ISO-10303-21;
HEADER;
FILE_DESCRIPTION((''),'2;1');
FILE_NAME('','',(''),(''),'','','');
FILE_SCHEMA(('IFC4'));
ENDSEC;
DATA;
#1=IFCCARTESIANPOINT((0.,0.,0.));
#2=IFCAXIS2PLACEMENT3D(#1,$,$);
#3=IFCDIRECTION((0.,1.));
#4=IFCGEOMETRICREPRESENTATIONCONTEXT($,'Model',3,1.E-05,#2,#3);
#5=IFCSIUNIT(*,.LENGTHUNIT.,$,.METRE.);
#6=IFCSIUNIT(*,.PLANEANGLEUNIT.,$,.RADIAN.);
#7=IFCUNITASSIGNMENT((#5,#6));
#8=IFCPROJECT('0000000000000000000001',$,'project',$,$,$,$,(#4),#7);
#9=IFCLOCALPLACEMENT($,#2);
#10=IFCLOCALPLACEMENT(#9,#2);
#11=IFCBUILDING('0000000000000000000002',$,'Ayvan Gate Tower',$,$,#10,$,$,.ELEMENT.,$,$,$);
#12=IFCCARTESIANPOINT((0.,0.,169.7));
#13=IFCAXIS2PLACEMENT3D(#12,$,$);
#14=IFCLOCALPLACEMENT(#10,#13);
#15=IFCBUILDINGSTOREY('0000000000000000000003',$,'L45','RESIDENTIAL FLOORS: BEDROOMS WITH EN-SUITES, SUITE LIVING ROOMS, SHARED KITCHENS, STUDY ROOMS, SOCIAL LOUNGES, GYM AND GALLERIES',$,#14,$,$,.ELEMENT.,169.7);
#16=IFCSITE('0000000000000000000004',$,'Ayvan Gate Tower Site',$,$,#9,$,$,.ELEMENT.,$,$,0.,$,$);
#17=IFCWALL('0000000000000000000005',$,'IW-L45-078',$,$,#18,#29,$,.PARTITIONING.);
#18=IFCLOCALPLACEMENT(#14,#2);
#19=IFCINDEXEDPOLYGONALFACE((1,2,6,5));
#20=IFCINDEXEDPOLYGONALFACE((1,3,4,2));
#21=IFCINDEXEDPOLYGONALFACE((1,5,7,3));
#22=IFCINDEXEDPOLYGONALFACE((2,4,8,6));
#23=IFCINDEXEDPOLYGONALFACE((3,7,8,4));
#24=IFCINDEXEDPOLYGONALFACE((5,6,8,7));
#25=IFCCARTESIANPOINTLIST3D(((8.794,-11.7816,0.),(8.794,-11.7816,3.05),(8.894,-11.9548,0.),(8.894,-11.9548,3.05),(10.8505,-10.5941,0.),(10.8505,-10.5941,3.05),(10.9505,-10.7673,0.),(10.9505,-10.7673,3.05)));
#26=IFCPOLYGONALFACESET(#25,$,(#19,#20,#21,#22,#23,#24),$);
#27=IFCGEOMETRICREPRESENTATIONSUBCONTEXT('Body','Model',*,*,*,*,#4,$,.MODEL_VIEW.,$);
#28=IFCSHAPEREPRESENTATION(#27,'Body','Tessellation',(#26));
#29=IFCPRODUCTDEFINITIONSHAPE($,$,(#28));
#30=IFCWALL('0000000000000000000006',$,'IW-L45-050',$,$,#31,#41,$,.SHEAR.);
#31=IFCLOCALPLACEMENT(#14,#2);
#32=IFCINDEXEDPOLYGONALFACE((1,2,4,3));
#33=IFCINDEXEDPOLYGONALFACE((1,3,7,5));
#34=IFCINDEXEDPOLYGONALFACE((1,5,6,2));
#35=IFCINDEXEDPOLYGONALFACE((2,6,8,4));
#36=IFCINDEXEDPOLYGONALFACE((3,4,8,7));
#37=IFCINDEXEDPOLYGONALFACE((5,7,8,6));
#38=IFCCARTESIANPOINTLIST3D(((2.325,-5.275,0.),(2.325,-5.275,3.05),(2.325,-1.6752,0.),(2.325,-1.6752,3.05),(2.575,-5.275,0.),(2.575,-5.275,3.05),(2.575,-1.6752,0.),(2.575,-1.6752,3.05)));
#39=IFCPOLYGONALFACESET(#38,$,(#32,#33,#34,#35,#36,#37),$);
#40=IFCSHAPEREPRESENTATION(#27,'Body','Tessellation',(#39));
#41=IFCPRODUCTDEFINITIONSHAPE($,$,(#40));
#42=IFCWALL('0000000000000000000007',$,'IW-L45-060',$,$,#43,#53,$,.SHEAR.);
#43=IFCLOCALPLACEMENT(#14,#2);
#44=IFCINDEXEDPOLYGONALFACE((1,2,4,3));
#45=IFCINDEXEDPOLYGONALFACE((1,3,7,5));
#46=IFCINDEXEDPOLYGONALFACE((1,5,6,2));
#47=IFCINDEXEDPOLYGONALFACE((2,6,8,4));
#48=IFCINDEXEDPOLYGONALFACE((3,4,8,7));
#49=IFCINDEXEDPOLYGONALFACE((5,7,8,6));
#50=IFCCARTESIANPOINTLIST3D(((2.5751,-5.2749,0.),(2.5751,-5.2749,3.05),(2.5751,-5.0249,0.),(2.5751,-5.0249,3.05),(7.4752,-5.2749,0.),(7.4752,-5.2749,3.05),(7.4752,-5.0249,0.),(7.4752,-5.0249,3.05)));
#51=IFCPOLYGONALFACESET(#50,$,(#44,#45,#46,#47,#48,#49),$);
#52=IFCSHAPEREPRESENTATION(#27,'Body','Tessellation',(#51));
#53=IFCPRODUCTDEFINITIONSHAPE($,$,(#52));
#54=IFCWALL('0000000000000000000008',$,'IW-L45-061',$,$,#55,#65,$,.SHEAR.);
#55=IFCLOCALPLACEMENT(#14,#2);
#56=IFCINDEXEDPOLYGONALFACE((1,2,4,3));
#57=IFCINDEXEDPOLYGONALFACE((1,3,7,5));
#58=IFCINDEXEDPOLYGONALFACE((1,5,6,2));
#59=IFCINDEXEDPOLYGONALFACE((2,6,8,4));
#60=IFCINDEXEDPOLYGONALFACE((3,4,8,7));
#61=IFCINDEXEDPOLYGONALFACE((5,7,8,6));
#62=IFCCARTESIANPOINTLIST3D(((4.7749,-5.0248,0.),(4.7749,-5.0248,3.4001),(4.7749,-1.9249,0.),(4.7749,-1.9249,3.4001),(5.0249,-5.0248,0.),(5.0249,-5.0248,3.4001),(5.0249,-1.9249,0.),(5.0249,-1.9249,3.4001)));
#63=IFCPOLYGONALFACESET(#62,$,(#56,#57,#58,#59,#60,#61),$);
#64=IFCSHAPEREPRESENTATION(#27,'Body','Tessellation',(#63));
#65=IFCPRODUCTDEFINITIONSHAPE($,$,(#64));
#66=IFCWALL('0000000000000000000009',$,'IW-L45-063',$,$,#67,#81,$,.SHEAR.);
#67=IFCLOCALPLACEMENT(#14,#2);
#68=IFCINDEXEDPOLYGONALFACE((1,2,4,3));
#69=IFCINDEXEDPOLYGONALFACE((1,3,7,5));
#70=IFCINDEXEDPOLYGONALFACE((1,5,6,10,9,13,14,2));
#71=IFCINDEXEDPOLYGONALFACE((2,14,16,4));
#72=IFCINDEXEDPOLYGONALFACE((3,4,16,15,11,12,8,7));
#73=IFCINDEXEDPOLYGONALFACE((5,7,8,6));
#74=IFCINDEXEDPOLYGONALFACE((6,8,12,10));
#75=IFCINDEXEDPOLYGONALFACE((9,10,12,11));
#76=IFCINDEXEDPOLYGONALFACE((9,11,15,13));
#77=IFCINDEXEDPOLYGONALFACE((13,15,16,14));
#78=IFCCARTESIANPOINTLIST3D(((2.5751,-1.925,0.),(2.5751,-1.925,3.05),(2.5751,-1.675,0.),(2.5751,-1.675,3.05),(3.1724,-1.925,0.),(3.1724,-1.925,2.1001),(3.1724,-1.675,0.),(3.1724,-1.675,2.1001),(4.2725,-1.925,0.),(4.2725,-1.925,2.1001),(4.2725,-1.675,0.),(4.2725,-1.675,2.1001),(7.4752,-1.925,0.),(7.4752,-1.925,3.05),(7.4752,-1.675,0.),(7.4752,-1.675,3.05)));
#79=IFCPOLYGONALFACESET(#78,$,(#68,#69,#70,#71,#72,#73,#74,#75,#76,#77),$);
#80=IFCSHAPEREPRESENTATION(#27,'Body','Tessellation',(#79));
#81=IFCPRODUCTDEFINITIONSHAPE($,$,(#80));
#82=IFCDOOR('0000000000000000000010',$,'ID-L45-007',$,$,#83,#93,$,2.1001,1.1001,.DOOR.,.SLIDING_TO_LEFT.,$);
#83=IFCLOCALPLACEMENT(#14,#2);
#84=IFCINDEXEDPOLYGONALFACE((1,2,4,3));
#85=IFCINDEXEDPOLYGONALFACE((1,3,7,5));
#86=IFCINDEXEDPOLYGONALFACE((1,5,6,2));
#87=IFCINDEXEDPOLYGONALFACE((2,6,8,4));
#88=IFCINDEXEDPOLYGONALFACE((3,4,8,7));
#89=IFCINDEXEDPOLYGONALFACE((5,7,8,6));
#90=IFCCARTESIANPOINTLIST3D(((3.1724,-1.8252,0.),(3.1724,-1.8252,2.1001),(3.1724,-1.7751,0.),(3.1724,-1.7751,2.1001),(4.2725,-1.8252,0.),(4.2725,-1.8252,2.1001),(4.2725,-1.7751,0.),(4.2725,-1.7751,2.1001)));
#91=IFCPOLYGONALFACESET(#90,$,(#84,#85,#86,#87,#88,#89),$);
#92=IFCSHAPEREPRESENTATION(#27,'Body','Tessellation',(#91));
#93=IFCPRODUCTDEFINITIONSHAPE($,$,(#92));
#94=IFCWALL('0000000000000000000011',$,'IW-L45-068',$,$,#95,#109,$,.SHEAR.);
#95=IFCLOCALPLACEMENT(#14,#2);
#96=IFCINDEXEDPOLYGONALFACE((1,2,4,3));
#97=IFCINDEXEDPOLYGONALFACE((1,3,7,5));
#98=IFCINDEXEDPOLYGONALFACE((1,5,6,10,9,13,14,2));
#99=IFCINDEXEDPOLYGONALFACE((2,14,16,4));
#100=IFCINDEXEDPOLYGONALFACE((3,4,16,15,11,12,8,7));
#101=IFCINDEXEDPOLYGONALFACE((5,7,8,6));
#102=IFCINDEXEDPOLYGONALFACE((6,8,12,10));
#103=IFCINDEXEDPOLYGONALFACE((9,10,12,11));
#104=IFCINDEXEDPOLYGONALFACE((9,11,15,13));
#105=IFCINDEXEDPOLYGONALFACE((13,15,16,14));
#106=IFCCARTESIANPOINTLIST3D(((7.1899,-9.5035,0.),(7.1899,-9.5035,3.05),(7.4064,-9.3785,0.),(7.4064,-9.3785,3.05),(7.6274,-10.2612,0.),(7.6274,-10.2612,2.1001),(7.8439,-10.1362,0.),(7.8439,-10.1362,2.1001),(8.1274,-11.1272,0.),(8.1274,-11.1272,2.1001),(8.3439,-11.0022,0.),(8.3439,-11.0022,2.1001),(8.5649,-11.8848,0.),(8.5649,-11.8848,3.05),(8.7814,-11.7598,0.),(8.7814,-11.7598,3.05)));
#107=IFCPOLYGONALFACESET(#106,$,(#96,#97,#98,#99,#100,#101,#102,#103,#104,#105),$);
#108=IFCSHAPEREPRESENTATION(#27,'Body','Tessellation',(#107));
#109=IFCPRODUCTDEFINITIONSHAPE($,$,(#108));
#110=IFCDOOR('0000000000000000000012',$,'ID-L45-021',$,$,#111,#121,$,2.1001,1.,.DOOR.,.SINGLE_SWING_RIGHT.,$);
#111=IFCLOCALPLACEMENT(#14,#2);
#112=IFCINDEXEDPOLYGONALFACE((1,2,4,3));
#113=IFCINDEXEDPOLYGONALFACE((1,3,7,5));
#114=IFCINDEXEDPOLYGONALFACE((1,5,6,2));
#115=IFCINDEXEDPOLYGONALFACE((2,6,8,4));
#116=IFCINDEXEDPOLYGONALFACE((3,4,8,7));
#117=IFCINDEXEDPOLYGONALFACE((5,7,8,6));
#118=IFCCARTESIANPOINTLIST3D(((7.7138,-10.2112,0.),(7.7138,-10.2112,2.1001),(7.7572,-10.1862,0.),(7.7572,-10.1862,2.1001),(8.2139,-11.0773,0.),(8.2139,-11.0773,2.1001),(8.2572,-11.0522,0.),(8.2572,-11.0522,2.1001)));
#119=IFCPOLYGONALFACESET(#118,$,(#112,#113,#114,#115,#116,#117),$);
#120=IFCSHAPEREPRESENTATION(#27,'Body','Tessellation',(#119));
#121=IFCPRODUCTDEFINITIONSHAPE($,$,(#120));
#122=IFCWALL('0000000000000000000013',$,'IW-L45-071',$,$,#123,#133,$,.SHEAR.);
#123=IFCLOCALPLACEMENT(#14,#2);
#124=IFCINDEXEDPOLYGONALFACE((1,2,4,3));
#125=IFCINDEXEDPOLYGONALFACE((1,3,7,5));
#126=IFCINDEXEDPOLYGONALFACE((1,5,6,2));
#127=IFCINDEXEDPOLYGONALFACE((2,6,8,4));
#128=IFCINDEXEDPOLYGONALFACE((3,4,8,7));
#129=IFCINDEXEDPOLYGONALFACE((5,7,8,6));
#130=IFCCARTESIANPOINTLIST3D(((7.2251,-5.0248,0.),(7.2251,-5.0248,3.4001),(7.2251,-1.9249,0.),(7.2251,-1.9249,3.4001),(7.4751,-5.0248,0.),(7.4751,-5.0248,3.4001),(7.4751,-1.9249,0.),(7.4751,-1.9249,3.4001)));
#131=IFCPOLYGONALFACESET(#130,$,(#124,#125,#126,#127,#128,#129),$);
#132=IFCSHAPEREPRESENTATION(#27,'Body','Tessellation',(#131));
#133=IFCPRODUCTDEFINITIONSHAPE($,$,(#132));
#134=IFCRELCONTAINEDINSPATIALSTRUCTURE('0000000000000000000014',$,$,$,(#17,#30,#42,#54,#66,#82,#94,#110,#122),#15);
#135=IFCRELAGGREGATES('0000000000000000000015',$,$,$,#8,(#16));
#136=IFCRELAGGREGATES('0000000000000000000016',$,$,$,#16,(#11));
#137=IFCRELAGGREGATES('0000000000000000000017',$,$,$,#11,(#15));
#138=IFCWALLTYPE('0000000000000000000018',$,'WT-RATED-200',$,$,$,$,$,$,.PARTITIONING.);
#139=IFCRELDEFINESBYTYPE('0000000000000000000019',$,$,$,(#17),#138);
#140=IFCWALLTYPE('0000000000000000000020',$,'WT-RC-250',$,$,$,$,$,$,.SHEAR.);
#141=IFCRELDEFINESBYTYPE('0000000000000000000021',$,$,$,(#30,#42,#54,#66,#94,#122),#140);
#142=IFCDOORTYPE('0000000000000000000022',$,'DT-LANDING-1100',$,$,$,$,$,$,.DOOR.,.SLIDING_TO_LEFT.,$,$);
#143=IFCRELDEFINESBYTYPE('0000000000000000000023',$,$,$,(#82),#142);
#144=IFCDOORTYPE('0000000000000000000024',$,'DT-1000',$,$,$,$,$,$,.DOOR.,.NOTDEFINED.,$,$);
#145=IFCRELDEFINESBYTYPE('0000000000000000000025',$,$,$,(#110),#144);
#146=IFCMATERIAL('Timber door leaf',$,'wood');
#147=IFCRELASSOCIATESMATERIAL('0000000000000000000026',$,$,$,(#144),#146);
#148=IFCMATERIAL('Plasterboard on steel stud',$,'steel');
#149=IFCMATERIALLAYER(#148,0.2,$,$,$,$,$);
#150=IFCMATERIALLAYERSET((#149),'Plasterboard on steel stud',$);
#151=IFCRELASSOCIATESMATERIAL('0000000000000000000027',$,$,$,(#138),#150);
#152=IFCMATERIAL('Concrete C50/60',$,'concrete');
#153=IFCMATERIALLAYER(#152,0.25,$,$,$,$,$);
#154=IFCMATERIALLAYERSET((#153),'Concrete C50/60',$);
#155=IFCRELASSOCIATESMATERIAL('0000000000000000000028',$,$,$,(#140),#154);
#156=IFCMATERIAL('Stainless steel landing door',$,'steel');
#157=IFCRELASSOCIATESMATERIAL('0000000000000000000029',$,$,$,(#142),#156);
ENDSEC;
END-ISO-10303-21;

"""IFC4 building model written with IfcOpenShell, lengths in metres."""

from ifc_helpers import new_model, si_unit, direction, frame, frame_2d, origin, place, context, subcontext, project, spatial, rectangle, extrude, material, layer, layer_set, type_object, element, fill, save


model = new_model("IFC4")

# Units and contexts
model_context = context("Model", 3, precision=1e-05, world=origin(), true_north=direction((0.0, 1.0)))
body_context = subcontext(model_context, "Body", "Model", "MODEL_VIEW")
ifc_project = project(units=[si_unit("LENGTHUNIT", "METRE"), si_unit("PLANEANGLEUNIT", "RADIAN")], contexts=[model_context])

# Site, building, storey
site_placement = place(None, origin())
site = spatial("IfcSite", under=ifc_project, at=site_placement, Name="Ayvan Gate Tower Site", CompositionType="ELEMENT", RefElevation=0.0)
building_placement = place(site_placement, origin())
building = spatial("IfcBuilding", under=site, at=building_placement, Name="Ayvan Gate Tower", CompositionType="ELEMENT")
storey_placement = place(building_placement, frame((0.0, 0.0, 169.7)))
storey = spatial("IfcBuildingStorey", under=building, at=storey_placement, Name="L45", Description="RESIDENTIAL FLOORS: BEDROOMS WITH EN-SUITES, SUITE LIVING ROOMS, SHARED KITCHENS, STUDY ROOMS, SOCIAL LOUNGES, GYM AND GALLERIES", CompositionType="ELEMENT", Elevation=169.7)

# Shared definitions
ifc_material_1 = material(Name="Timber door leaf", Category="wood")

# Shared definitions
ifc_material_2 = material(Name="Plasterboard on steel stud", Category="steel")

# Shared definitions
door_type_1 = type_object("IfcDoorType", Name="DT-1000", OperationType="NOTDEFINED", PredefinedType="DOOR", material=ifc_material_1)

# Shared definitions
ifc_layer_1 = layer(ifc_material_2, 0.2)
ifc_layer_set_1 = layer_set([ifc_layer_1], Name="Plasterboard on steel stud")
wall_type_1 = type_object("IfcWallType", Name="WT-RATED-200", PredefinedType="PARTITIONING", material=ifc_layer_set_1)

# Walls
wall_1_placement = place(storey_placement, frame((10.9006, -10.6807, 0.0), z_axis=(0.0, 0.0, 1.0), x_axis=(-0.866008, -0.500031, 0.0)))
element("IfcWall", 1, at=wall_1_placement, inside=storey, type_object=wall_type_1, Name="IW-L45-078", PredefinedType="PARTITIONING", context=body_context, shape_type="SweptSolid", body=[
    extrude(rectangle(XDim=2.3748, YDim=0.2, at=frame_2d((1.1875, 0.0))), origin(), (0.0, 0.0, 1.0), 3.05),
])
ifc_material_3 = material(Name="Concrete C50/60", Category="concrete")
ifc_layer_2 = layer(ifc_material_3, 0.25)
ifc_layer_set_2 = layer_set([ifc_layer_2], Name="Concrete C50/60")
wall_type_2 = type_object("IfcWallType", Name="WT-RC-250", PredefinedType="SHEAR", material=ifc_layer_set_2)
wall_2_placement = place(storey_placement, frame((2.45, -5.2749, 0.0), z_axis=(0.0, 0.0, 1.0), x_axis=(0.0, 1.0, 0.0)))
element("IfcWall", 2, at=wall_2_placement, inside=storey, type_object=wall_type_2, Name="IW-L45-050", PredefinedType="SHEAR", context=body_context, shape_type="SweptSolid", body=[
    extrude(rectangle(XDim=3.5999, YDim=0.25, at=frame_2d((1.7998, 0.0))), origin(), (0.0, 0.0, 1.0), 3.05),
])
wall_3_placement = place(storey_placement, frame((2.575, -5.1499, 0.0), z_axis=(0.0, 0.0, 1.0), x_axis=(1.0, 0.0, 0.0)))
element("IfcWall", 3, at=wall_3_placement, inside=storey, type_object=wall_type_2, Name="IW-L45-060", PredefinedType="SHEAR", context=body_context, shape_type="SweptSolid", body=[
    extrude(rectangle(XDim=4.9001, YDim=0.25, at=frame_2d((2.4502, 0.0))), origin(), (0.0, 0.0, 1.0), 3.05),
])
wall_4_placement = place(storey_placement, frame((4.8999, -1.925, 0.0), z_axis=(0.0, 0.0, 1.0), x_axis=(0.0, -1.0, 0.0)))
element("IfcWall", 4, at=wall_4_placement, inside=storey, type_object=wall_type_2, Name="IW-L45-061", PredefinedType="SHEAR", context=body_context, shape_type="SweptSolid", body=[
    extrude(rectangle(XDim=3.0999, YDim=0.25, at=frame_2d((1.5498, 0.0))), origin(), (0.0, 0.0, 1.0), 3.4001),
])

# Walls, openings, doors
wall_5_placement = place(storey_placement, frame((2.575, -1.8, 0.0), z_axis=(0.0, 0.0, 1.0), x_axis=(1.0, 0.0, 0.0)))
wall_5 = element("IfcWall", 5, at=wall_5_placement, inside=storey, type_object=wall_type_2, Name="IW-L45-063", PredefinedType="SHEAR", context=body_context, shape_type="SweptSolid", body=[
    extrude(rectangle(XDim=4.9001, YDim=0.25, at=frame_2d((2.4502, 0.0))), origin(), (0.0, 0.0, 1.0), 3.05),
])
opening_1_placement = place(wall_5_placement, frame((0.5974, 0.0, 0.0)))
opening_1 = element("IfcOpeningElement", 6, at=opening_1_placement, cuts=wall_5, PredefinedType="OPENING", context=body_context, shape_type="SweptSolid", body=[
    extrude(rectangle(XDim=1.1001, YDim=2.1001, at=frame_2d((0.55, 1.05))), frame((0.0, 0.135, 0.0), z_axis=(0.0, -1.0, 0.0), x_axis=(1.0, 0.0, 0.0)), (0.0, 0.0, 1.0), 0.27),
])
ifc_material_4 = material(Name="Stainless steel landing door", Category="steel")
door_type_2 = type_object("IfcDoorType", Name="DT-LANDING-1100", OperationType="SLIDING_TO_LEFT", PredefinedType="DOOR", material=ifc_material_4)
door_1_placement = place(opening_1_placement, origin())
door_1 = element("IfcDoor", 7, at=door_1_placement, inside=storey, type_object=door_type_2, Name="ID-L45-007", OperationType="SLIDING_TO_LEFT", OverallHeight=2.1001, OverallWidth=1.1001, PredefinedType="DOOR", context=body_context, shape_type="SweptSolid", body=[
    extrude(rectangle(XDim=1.1001, YDim=2.1001, at=frame_2d((0.55, 1.05))), frame((0.0, 0.0249, 0.0), z_axis=(0.0, -1.0, 0.0), x_axis=(1.0, 0.0, 0.0)), (0.0, 0.0, 1.0), 0.05),
])
fill(opening_1, door_1)
wall_6_placement = place(storey_placement, frame((7.2981, -9.4409, 0.0), z_axis=(0.0, 0.0, 1.0), x_axis=(0.500035, -0.866005, 0.0)))
wall_6 = element("IfcWall", 8, at=wall_6_placement, inside=storey, type_object=wall_type_2, Name="IW-L45-068", PredefinedType="SHEAR", context=body_context, shape_type="SweptSolid", body=[
    extrude(rectangle(XDim=2.7498, YDim=0.25, at=frame_2d((1.375, 0.0))), origin(), (0.0, 0.0, 1.0), 3.05),
])
opening_2_placement = place(wall_6_placement, frame((0.875, 0.0, 0.0)))
opening_2 = element("IfcOpeningElement", 9, at=opening_2_placement, cuts=wall_6, PredefinedType="OPENING", context=body_context, shape_type="SweptSolid", body=[
    extrude(rectangle(XDim=1.0, YDim=2.1001, at=frame_2d((0.5, 1.05))), frame((0.0, 0.135, 0.0), z_axis=(0.0, -1.0, 0.0), x_axis=(1.0, 0.0, 0.0)), (0.0, 0.0, 1.0), 0.27),
])
door_2_placement = place(opening_2_placement, origin())
door_2 = element("IfcDoor", 10, at=door_2_placement, inside=storey, type_object=door_type_1, Name="ID-L45-021", OperationType="SINGLE_SWING_RIGHT", OverallHeight=2.1001, OverallWidth=1.0, PredefinedType="DOOR", context=body_context, shape_type="SweptSolid", body=[
    extrude(rectangle(XDim=1.0, YDim=2.1001, at=frame_2d((0.5, 1.05))), frame((0.0, 0.0249, 0.0), z_axis=(0.0, -1.0, 0.0), x_axis=(1.0, 0.0, 0.0)), (0.0, 0.0, 1.0), 0.05),
])
fill(opening_2, door_2)

# Wall
wall_7_placement = place(storey_placement, frame((7.3501, -1.925, 0.0), z_axis=(0.0, 0.0, 1.0), x_axis=(0.0, -1.0, 0.0)))
element("IfcWall", 11, at=wall_7_placement, inside=storey, type_object=wall_type_2, Name="IW-L45-071", PredefinedType="SHEAR", context=body_context, shape_type="SweptSolid", body=[
    extrude(rectangle(XDim=3.0999, YDim=0.25, at=frame_2d((1.5498, 0.0))), origin(), (0.0, 0.0, 1.0), 3.4001),
])

save(model, "model.ifc")
